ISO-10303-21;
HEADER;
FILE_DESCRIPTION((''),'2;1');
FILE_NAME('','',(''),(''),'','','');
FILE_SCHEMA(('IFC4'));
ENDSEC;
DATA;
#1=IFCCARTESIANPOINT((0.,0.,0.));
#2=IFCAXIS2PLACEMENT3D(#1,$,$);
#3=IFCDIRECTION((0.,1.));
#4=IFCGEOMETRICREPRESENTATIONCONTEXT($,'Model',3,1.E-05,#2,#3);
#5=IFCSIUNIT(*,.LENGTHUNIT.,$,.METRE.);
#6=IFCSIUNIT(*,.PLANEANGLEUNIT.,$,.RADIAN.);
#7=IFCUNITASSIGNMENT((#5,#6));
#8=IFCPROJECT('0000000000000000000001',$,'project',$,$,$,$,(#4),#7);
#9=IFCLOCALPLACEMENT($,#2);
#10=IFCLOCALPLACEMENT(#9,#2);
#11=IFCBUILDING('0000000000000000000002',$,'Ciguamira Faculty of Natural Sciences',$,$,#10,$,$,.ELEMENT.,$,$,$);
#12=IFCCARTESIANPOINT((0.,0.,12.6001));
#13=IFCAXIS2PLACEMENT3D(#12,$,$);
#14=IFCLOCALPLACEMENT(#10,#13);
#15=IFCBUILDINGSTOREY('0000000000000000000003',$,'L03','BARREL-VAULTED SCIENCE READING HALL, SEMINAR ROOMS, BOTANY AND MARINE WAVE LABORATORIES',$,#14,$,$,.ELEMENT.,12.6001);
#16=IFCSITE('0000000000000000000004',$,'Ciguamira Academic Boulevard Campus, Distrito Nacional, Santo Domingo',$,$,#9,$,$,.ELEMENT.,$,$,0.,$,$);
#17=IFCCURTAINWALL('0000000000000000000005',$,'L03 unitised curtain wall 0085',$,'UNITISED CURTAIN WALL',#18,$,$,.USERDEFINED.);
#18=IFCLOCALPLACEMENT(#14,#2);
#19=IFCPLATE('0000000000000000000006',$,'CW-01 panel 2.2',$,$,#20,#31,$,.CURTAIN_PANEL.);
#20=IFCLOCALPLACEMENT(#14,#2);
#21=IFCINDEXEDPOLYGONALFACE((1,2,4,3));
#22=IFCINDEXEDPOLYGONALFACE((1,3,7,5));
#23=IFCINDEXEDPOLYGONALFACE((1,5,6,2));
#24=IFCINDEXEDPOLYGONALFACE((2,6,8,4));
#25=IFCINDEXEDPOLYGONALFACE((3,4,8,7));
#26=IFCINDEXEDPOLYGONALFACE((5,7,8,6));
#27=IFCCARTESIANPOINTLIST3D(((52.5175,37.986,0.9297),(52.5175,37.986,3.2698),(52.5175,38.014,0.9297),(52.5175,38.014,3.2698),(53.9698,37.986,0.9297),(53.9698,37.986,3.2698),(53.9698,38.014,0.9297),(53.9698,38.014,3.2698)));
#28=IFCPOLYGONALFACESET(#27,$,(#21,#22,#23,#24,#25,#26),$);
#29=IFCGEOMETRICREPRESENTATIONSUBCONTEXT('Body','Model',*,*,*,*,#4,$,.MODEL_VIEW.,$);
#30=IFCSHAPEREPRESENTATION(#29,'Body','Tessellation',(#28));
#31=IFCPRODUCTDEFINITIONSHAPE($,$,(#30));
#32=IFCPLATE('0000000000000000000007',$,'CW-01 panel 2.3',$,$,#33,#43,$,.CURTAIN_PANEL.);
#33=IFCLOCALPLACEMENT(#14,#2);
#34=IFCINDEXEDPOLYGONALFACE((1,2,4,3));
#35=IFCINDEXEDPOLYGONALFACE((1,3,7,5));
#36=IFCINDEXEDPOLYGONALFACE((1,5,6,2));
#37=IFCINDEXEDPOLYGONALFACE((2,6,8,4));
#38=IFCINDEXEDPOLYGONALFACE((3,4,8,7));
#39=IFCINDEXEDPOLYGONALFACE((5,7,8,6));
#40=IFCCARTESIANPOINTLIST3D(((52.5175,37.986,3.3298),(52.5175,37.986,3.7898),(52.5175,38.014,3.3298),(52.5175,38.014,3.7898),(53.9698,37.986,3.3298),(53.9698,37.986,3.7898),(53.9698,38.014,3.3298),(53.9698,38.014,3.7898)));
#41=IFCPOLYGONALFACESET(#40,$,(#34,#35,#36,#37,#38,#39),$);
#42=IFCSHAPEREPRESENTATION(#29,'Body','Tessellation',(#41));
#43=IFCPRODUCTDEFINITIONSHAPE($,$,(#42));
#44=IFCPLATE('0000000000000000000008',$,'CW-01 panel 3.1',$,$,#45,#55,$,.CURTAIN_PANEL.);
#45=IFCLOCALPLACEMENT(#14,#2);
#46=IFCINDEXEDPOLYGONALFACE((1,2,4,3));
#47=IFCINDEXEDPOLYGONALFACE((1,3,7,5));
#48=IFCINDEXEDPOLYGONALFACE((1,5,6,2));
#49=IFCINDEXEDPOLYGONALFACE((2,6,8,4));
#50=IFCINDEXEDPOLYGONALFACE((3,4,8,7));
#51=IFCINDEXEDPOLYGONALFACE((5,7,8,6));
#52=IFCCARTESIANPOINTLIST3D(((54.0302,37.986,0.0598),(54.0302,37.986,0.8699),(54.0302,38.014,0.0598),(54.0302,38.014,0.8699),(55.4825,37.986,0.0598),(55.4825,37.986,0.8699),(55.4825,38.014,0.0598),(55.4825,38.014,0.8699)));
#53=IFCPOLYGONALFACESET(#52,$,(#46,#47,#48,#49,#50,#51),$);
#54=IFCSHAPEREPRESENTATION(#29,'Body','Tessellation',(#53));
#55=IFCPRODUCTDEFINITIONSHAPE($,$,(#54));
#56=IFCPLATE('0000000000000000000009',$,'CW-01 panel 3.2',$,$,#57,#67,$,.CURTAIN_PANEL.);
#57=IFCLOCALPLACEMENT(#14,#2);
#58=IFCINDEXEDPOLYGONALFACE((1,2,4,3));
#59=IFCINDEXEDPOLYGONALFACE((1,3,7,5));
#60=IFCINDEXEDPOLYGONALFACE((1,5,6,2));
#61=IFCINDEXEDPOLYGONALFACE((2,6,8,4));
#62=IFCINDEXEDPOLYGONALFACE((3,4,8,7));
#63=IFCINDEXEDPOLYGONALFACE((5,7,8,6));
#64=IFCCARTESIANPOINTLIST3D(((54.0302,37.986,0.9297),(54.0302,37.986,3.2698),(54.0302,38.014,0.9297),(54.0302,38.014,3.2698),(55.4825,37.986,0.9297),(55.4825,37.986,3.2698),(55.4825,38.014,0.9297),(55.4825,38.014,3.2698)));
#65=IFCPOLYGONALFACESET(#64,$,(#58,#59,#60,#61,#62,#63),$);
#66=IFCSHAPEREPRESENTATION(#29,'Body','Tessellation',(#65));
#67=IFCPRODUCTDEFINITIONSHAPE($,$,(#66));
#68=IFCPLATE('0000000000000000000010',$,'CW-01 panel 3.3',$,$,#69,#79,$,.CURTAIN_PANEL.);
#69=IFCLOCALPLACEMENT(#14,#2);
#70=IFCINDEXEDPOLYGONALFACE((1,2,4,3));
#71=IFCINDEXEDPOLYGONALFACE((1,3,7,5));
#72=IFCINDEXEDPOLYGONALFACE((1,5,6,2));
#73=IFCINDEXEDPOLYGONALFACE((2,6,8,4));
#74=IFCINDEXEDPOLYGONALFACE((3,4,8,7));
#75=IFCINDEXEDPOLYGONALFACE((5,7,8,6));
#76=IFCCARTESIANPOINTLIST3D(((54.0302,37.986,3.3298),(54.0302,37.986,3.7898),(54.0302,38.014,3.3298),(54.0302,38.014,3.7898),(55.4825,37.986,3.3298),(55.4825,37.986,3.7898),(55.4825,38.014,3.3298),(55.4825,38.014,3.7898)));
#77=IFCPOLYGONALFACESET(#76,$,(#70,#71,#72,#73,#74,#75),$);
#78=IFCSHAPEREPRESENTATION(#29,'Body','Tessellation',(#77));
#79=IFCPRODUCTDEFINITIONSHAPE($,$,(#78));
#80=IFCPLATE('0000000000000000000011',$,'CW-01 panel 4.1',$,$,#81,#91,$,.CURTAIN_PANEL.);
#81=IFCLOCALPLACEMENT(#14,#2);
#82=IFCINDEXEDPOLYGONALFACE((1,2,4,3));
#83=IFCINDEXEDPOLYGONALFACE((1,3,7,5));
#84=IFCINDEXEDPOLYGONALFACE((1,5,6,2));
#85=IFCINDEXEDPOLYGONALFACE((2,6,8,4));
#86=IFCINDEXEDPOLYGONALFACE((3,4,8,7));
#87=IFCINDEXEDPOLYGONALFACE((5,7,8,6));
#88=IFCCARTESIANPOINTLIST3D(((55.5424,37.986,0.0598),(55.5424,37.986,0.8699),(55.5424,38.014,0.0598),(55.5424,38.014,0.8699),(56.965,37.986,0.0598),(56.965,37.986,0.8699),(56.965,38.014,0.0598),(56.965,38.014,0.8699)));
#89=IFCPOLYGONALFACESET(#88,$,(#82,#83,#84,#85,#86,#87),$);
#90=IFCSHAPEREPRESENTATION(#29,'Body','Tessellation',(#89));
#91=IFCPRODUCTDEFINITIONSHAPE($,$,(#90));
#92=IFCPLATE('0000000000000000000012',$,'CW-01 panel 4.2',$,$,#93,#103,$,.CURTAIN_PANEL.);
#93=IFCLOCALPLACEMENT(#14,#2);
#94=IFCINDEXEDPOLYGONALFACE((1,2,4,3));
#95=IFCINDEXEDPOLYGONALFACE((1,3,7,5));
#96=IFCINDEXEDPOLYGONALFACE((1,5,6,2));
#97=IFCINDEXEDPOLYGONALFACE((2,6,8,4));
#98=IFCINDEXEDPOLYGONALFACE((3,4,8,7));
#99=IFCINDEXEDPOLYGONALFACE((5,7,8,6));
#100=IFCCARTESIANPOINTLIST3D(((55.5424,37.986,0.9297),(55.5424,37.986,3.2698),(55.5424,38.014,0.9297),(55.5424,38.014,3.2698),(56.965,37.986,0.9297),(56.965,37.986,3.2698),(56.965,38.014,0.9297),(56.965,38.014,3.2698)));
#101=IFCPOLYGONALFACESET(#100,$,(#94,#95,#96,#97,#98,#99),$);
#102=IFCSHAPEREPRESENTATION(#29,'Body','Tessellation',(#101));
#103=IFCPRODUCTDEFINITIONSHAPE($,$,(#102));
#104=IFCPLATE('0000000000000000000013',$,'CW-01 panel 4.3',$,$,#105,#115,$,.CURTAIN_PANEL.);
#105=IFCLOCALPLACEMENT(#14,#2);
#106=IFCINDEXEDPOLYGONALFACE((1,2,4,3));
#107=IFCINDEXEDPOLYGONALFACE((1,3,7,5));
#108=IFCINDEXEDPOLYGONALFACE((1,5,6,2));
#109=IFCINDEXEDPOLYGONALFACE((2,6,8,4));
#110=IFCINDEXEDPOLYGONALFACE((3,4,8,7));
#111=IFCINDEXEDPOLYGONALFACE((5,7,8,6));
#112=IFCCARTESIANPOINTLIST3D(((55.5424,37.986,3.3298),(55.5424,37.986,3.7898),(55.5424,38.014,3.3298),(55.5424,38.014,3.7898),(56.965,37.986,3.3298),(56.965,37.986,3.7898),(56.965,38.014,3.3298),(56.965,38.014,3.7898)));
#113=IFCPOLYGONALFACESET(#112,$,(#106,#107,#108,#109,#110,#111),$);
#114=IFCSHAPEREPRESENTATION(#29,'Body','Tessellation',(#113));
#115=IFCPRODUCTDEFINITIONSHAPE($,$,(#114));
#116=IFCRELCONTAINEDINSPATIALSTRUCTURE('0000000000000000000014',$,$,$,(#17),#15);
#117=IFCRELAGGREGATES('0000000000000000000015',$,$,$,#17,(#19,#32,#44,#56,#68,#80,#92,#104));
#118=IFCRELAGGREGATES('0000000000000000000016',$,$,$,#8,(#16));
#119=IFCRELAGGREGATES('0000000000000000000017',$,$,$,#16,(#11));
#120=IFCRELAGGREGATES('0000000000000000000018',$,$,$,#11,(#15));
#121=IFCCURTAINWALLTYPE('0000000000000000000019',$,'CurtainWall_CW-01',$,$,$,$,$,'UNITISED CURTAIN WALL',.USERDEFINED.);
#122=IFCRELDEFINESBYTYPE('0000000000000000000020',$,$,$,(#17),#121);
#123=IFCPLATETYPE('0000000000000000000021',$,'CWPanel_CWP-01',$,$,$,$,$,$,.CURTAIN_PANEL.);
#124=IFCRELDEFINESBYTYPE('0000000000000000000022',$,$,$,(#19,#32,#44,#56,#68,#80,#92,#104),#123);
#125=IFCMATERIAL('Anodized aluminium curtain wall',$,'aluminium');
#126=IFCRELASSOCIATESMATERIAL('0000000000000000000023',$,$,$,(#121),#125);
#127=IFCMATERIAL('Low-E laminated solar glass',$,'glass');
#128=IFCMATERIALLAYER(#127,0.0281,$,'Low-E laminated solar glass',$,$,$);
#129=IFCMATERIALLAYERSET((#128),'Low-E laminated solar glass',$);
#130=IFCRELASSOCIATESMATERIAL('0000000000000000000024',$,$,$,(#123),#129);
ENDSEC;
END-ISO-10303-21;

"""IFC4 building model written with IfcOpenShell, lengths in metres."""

from ifc_helpers import new_model, si_unit, direction, frame, origin, origin_2d, place, context, subcontext, project, spatial, rectangle, extrude, material, layer, layer_set, type_object, element, aggregate, save


model = new_model("IFC4")

# Units and contexts
model_context = context("Model", 3, precision=1e-05, world=origin(), true_north=direction((0.0, 1.0)))
body_context = subcontext(model_context, "Body", "Model", "MODEL_VIEW")
ifc_project = project(units=[si_unit("LENGTHUNIT", "METRE"), si_unit("PLANEANGLEUNIT", "RADIAN")], contexts=[model_context])

# Site, building, storey
site_placement = place(None, origin())
site = spatial("IfcSite", under=ifc_project, at=site_placement, Name="Ciguamira Academic Boulevard Campus, Distrito Nacional, Santo Domingo", CompositionType="ELEMENT", RefElevation=0.0)
building_placement = place(site_placement, origin())
building = spatial("IfcBuilding", under=site, at=building_placement, Name="Ciguamira Faculty of Natural Sciences", CompositionType="ELEMENT")
storey_placement = place(building_placement, frame((0.0, 0.0, 12.6001)))
storey = spatial("IfcBuildingStorey", under=building, at=storey_placement, Name="L03", Description="BARREL-VAULTED SCIENCE READING HALL, SEMINAR ROOMS, BOTANY AND MARINE WAVE LABORATORIES", CompositionType="ELEMENT", Elevation=12.6001)

# Curtain wall
ifc_material_1 = material(Name="Anodized aluminium curtain wall", Category="aluminium")
curtain_wall_type = type_object("IfcCurtainWallType", Name="CurtainWall_CW-01", ElementType="UNITISED CURTAIN WALL", PredefinedType="USERDEFINED", material=ifc_material_1)
curtain_wall_placement = place(storey_placement, origin())
curtain_wall = element("IfcCurtainWall", 1, at=curtain_wall_placement, inside=storey, type_object=curtain_wall_type, Name="L03 unitised curtain wall 0085", ObjectType="UNITISED CURTAIN WALL", PredefinedType="USERDEFINED")

# Plates
ifc_material_2 = material(Name="Low-E laminated solar glass", Category="glass")
ifc_layer = layer(ifc_material_2, 0.0281, Name="Low-E laminated solar glass")
ifc_layer_set = layer_set([ifc_layer], Name="Low-E laminated solar glass")
plate_type = type_object("IfcPlateType", Name="CWPanel_CWP-01", PredefinedType="CURTAIN_PANEL", material=ifc_layer_set)
plate_1_placement = place(storey_placement, frame((53.2437, 38.0, 0.9297), z_axis=(0.0, 0.0, 1.0), x_axis=(1.0, 0.0, 0.0)))
plate_1 = element("IfcPlate", 2, at=plate_1_placement, type_object=plate_type, Name="CW-01 panel 2.2", PredefinedType="CURTAIN_PANEL", context=body_context, shape_type="SweptSolid", body=[
    extrude(rectangle(XDim=1.4524, YDim=0.0281, at=origin_2d()), origin(), (0.0, 0.0, 1.0), 2.3401),
])
plate_2_placement = place(storey_placement, frame((53.2437, 38.0, 3.3298), z_axis=(0.0, 0.0, 1.0), x_axis=(1.0, 0.0, 0.0)))
plate_2 = element("IfcPlate", 3, at=plate_2_placement, type_object=plate_type, Name="CW-01 panel 2.3", PredefinedType="CURTAIN_PANEL", context=body_context, shape_type="SweptSolid", body=[
    extrude(rectangle(XDim=1.4524, YDim=0.0281, at=origin_2d()), origin(), (0.0, 0.0, 1.0), 0.46),
])
plate_3_placement = place(storey_placement, frame((54.7563, 38.0, 0.0598), z_axis=(0.0, 0.0, 1.0), x_axis=(1.0, 0.0, 0.0)))
plate_3 = element("IfcPlate", 4, at=plate_3_placement, type_object=plate_type, Name="CW-01 panel 3.1", PredefinedType="CURTAIN_PANEL", context=body_context, shape_type="SweptSolid", body=[
    extrude(rectangle(XDim=1.4524, YDim=0.0281, at=origin_2d()), origin(), (0.0, 0.0, 1.0), 0.8101),
])
plate_4_placement = place(storey_placement, frame((54.7563, 38.0, 0.9297), z_axis=(0.0, 0.0, 1.0), x_axis=(1.0, 0.0, 0.0)))
plate_4 = element("IfcPlate", 5, at=plate_4_placement, type_object=plate_type, Name="CW-01 panel 3.2", PredefinedType="CURTAIN_PANEL", context=body_context, shape_type="SweptSolid", body=[
    extrude(rectangle(XDim=1.4524, YDim=0.0281, at=origin_2d()), origin(), (0.0, 0.0, 1.0), 2.3401),
])
plate_5_placement = place(storey_placement, frame((54.7563, 38.0, 3.3298), z_axis=(0.0, 0.0, 1.0), x_axis=(1.0, 0.0, 0.0)))
plate_5 = element("IfcPlate", 6, at=plate_5_placement, type_object=plate_type, Name="CW-01 panel 3.3", PredefinedType="CURTAIN_PANEL", context=body_context, shape_type="SweptSolid", body=[
    extrude(rectangle(XDim=1.4524, YDim=0.0281, at=origin_2d()), origin(), (0.0, 0.0, 1.0), 0.46),
])
plate_6_placement = place(storey_placement, frame((56.2537, 38.0, 0.0598), z_axis=(0.0, 0.0, 1.0), x_axis=(1.0, 0.0, 0.0)))
plate_6 = element("IfcPlate", 7, at=plate_6_placement, type_object=plate_type, Name="CW-01 panel 4.1", PredefinedType="CURTAIN_PANEL", context=body_context, shape_type="SweptSolid", body=[
    extrude(rectangle(XDim=1.4226, YDim=0.0281, at=origin_2d()), origin(), (0.0, 0.0, 1.0), 0.8101),
])
plate_7_placement = place(storey_placement, frame((56.2537, 38.0, 0.9297), z_axis=(0.0, 0.0, 1.0), x_axis=(1.0, 0.0, 0.0)))
plate_7 = element("IfcPlate", 8, at=plate_7_placement, type_object=plate_type, Name="CW-01 panel 4.2", PredefinedType="CURTAIN_PANEL", context=body_context, shape_type="SweptSolid", body=[
    extrude(rectangle(XDim=1.4226, YDim=0.0281, at=origin_2d()), origin(), (0.0, 0.0, 1.0), 2.3401),
])
plate_8_placement = place(storey_placement, frame((56.2537, 38.0, 3.3298), z_axis=(0.0, 0.0, 1.0), x_axis=(1.0, 0.0, 0.0)))
plate_8 = element("IfcPlate", 9, at=plate_8_placement, type_object=plate_type, Name="CW-01 panel 4.3", PredefinedType="CURTAIN_PANEL", context=body_context, shape_type="SweptSolid", body=[
    extrude(rectangle(XDim=1.4226, YDim=0.0281, at=origin_2d()), origin(), (0.0, 0.0, 1.0), 0.46),
])
aggregate(curtain_wall, [plate_1, plate_2, plate_3, plate_4, plate_5, plate_6, plate_7, plate_8])

save(model, "model.ifc")
